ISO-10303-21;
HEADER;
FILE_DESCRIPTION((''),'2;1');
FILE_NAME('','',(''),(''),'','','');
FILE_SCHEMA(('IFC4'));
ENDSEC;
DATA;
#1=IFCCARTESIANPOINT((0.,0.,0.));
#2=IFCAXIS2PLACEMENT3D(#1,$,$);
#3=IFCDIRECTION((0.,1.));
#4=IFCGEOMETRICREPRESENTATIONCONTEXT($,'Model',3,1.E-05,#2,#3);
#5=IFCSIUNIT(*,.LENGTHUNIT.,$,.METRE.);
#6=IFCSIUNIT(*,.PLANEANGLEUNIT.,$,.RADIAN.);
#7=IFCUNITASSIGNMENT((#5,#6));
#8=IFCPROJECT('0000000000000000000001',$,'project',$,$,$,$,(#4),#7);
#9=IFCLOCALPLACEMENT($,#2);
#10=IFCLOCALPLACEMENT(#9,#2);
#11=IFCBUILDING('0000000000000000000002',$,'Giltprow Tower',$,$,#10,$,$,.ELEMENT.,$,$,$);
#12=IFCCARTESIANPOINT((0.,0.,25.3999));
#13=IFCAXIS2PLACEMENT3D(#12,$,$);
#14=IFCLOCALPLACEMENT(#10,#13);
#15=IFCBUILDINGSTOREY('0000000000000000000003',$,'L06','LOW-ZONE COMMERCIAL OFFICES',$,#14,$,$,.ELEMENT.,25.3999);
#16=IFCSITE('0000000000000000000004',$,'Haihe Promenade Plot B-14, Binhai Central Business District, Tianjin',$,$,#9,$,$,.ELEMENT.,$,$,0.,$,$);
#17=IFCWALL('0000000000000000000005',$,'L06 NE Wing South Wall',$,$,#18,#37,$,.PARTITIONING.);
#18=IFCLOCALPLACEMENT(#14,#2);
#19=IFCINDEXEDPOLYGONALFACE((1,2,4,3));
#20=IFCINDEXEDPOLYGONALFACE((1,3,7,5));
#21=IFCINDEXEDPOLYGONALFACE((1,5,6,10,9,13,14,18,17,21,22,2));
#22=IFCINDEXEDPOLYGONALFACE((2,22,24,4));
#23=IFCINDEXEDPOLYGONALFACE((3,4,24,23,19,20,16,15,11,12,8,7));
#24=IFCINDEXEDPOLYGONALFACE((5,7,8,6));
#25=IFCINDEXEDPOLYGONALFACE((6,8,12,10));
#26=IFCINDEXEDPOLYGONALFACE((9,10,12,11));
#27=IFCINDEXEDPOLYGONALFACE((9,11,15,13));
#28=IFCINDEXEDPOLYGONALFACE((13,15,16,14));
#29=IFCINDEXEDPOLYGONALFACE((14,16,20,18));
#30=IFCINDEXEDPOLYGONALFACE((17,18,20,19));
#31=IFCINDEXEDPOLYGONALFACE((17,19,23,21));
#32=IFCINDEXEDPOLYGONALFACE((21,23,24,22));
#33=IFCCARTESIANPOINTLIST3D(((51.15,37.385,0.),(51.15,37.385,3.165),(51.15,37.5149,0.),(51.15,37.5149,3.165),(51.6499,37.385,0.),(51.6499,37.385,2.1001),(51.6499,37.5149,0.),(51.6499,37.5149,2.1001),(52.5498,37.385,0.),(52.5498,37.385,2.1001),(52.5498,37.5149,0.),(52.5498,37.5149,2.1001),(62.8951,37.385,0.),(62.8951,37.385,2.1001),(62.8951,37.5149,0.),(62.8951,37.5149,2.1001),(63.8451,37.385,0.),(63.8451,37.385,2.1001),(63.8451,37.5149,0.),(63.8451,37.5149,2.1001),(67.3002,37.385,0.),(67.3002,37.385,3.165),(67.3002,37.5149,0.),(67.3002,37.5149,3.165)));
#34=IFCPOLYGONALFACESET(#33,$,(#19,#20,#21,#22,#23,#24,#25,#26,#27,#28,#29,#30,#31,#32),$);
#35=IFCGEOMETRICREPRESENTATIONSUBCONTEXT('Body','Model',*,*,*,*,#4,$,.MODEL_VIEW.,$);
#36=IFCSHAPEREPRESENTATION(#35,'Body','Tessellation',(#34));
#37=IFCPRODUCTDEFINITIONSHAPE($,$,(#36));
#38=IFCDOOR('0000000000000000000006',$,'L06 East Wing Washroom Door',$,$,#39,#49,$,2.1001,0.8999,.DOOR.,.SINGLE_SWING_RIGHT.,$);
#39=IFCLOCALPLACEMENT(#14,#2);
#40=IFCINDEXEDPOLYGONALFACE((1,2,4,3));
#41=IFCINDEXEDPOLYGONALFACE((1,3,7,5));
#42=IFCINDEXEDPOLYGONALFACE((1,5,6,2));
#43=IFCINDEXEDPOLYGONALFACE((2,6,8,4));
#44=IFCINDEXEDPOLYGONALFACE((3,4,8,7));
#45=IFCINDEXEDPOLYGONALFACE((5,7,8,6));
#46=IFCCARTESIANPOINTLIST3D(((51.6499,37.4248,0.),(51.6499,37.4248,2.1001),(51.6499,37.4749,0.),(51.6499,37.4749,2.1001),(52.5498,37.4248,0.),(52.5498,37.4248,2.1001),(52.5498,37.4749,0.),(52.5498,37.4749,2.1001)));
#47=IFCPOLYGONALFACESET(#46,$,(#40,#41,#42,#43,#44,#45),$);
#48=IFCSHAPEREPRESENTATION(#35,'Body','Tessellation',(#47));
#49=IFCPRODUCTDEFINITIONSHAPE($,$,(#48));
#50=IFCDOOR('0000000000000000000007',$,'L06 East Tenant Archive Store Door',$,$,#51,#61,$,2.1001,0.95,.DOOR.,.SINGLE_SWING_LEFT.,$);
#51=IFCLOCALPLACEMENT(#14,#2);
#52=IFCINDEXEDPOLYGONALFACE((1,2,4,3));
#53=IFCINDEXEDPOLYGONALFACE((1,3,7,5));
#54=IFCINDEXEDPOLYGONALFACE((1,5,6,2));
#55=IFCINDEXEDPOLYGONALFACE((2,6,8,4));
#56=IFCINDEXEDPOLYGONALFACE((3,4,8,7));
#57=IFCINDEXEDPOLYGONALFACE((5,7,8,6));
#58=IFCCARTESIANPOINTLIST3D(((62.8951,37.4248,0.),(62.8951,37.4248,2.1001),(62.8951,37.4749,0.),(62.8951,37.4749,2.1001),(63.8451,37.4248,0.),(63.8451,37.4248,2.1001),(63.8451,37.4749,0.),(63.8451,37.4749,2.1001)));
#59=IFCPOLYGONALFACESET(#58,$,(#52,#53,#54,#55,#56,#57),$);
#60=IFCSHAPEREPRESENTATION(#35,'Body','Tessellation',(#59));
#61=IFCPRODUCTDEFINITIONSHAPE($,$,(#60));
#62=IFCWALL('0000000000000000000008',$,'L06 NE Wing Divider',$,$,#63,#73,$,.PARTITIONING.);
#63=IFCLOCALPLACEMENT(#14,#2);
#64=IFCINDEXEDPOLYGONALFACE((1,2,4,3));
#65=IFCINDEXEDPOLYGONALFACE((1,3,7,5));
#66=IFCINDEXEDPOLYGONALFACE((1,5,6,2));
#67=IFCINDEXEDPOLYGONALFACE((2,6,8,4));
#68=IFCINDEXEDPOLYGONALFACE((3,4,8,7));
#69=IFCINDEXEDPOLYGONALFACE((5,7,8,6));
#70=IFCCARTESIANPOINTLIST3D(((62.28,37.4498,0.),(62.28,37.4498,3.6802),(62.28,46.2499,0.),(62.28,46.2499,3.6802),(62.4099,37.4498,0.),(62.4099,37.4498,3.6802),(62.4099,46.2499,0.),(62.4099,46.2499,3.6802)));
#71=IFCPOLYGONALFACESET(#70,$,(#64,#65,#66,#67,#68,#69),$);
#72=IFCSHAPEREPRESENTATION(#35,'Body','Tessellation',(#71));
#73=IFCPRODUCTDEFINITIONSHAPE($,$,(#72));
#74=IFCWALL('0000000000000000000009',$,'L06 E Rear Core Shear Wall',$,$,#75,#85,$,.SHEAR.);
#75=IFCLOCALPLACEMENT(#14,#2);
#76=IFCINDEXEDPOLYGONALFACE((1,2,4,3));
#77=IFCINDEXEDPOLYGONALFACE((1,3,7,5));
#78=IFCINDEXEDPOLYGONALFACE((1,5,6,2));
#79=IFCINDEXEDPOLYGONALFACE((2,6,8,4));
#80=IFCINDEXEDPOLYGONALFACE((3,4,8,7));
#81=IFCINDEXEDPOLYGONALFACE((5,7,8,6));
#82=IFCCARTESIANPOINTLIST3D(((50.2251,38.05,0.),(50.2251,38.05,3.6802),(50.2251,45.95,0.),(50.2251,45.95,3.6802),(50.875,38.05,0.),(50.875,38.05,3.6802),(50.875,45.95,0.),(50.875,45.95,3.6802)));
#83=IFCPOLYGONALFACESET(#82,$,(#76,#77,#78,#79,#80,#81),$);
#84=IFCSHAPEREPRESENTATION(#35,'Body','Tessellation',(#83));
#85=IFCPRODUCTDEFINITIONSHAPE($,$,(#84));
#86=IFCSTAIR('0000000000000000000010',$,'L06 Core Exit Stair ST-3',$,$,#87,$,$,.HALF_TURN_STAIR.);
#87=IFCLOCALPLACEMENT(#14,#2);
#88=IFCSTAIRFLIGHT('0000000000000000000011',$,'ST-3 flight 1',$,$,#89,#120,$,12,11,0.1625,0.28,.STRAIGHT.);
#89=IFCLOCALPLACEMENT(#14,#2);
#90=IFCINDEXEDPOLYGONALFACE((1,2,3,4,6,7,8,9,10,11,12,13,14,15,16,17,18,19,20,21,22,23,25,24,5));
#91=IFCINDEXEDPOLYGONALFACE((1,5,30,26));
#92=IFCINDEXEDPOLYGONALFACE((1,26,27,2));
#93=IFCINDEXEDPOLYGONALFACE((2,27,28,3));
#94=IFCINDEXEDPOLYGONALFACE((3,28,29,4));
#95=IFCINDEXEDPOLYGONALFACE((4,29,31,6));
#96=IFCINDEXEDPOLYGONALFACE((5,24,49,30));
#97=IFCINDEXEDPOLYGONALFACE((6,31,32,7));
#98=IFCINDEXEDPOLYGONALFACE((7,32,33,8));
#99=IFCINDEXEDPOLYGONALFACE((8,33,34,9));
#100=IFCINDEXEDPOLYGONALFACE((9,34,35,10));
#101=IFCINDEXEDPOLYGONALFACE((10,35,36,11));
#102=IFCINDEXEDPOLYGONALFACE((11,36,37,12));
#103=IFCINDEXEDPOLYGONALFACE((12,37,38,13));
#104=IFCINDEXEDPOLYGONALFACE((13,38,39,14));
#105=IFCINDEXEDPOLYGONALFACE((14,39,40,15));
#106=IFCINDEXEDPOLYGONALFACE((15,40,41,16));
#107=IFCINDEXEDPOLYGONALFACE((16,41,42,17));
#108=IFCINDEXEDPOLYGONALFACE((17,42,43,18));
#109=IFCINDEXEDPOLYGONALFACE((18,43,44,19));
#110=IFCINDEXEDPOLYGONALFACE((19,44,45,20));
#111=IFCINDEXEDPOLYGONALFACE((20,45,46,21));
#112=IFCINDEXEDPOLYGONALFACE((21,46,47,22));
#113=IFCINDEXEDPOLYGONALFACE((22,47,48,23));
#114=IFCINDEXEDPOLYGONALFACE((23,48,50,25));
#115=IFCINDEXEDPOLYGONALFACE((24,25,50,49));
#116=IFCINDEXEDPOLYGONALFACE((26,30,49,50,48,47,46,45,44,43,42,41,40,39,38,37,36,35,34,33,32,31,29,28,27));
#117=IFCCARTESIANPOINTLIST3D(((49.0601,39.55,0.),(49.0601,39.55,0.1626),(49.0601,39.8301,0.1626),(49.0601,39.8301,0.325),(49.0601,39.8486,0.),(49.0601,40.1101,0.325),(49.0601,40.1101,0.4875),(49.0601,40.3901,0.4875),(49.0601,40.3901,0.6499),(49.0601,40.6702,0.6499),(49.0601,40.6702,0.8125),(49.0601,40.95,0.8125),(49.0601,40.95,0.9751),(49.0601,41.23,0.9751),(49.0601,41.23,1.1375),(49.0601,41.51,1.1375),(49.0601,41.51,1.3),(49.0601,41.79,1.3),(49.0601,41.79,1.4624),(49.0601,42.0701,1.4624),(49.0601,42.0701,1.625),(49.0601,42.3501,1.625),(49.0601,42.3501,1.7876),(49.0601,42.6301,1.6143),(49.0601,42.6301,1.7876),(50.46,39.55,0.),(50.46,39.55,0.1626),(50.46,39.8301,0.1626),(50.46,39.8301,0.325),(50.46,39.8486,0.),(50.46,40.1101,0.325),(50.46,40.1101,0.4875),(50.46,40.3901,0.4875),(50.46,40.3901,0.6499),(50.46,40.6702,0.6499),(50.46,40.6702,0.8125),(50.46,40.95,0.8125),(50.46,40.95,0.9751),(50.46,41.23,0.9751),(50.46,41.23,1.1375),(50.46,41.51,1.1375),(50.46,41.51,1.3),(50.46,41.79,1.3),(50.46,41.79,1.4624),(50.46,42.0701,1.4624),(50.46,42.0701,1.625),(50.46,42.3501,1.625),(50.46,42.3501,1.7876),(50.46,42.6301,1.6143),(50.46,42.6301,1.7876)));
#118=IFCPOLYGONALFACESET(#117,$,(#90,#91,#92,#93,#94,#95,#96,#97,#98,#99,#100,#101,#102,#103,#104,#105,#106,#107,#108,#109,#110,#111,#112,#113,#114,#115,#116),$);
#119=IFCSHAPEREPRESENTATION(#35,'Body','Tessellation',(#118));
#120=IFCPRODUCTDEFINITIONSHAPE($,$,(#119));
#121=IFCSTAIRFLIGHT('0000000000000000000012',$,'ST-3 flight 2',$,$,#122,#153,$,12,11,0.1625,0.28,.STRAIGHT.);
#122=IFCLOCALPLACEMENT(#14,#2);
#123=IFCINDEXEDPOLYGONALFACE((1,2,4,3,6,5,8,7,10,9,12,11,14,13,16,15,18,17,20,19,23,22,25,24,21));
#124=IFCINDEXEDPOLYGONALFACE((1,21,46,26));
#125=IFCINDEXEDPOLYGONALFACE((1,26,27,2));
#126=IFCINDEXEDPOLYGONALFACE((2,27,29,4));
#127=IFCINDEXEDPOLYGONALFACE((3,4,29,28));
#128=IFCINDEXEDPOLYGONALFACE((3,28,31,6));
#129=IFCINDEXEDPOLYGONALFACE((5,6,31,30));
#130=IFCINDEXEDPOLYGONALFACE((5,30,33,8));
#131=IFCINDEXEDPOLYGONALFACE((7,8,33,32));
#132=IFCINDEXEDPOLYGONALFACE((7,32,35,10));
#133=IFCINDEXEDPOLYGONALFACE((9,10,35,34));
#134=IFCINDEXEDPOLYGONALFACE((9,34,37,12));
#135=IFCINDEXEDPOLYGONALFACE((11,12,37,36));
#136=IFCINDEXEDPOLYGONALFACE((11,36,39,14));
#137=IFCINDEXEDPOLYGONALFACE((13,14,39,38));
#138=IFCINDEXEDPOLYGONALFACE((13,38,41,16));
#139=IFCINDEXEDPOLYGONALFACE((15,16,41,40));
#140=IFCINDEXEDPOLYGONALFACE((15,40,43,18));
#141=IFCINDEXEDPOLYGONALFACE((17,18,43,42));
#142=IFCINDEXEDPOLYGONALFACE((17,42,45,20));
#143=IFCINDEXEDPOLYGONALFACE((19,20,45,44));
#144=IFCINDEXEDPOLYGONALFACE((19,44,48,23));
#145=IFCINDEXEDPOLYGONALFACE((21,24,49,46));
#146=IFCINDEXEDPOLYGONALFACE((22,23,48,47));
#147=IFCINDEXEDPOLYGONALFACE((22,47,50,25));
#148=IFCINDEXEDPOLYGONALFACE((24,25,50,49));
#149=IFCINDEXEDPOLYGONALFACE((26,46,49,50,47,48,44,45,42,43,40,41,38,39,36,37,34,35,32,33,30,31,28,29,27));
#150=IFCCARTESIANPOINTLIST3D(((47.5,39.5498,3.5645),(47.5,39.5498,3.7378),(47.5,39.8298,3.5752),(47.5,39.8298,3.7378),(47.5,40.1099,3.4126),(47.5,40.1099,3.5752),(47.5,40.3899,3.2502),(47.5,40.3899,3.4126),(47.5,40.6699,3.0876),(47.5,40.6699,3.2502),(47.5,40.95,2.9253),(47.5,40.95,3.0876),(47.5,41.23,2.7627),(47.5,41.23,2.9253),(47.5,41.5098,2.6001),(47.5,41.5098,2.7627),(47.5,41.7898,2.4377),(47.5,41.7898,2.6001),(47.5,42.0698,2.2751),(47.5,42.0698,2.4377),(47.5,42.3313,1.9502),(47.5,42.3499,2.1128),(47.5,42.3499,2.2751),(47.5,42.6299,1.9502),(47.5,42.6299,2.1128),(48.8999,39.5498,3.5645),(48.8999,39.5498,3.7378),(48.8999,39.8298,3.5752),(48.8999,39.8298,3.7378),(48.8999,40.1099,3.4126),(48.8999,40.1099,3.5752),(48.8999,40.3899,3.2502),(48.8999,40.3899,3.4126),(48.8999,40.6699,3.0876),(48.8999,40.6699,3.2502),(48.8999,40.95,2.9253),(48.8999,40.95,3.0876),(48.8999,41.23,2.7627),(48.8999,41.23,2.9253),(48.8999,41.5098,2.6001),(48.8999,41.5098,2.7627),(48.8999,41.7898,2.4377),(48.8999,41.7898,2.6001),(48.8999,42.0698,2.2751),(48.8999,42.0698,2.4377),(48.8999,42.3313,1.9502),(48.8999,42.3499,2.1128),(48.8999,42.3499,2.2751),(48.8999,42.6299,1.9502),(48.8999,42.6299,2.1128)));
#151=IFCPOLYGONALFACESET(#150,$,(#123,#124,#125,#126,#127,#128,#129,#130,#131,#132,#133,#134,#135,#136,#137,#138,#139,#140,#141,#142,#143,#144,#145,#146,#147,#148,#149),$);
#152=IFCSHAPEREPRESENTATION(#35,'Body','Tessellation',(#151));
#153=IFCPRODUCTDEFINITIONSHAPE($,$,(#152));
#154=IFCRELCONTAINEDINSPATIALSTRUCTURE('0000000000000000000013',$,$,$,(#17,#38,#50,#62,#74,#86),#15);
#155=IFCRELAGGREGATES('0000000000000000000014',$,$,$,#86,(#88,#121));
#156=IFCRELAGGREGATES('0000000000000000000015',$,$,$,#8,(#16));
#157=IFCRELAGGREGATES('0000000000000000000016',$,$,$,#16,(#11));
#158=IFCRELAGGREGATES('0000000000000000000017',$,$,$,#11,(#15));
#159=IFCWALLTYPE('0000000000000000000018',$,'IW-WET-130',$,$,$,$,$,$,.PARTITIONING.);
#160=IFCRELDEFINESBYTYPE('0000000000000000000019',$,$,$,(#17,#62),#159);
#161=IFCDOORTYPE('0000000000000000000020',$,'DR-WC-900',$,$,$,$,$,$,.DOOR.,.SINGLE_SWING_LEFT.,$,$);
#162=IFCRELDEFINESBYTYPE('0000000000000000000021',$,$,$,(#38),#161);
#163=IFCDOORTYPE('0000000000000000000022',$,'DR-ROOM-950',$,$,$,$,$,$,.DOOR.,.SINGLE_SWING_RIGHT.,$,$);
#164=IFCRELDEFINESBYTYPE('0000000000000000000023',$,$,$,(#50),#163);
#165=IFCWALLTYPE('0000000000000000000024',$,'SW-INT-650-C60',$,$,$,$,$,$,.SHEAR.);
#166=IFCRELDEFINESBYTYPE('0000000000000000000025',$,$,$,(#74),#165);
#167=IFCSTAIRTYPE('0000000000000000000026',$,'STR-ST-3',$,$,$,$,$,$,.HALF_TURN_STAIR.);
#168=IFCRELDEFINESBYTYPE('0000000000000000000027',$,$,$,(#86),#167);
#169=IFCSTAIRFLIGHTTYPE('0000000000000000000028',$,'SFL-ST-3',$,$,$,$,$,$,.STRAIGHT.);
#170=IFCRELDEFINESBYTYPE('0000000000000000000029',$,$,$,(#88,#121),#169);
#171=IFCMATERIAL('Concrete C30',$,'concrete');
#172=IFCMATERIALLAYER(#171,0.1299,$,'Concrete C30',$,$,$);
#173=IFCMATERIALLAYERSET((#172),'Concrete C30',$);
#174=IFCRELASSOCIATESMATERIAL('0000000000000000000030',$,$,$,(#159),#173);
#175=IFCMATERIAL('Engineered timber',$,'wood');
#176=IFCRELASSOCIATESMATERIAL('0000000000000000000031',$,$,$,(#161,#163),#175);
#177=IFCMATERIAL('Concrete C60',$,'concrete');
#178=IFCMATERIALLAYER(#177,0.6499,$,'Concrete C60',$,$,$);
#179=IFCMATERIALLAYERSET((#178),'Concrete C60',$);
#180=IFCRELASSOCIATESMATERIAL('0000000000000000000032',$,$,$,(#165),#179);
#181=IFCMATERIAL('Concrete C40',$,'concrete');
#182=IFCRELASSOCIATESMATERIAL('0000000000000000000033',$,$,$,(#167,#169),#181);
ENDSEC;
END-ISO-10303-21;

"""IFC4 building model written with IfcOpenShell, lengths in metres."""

from ifc_helpers import new_model, si_unit, direction, frame, frame_2d, origin, place, context, subcontext, project, spatial, polyline, rectangle, outline, extrude, source, transform, mapped, material, layer, layer_set, type_object, element, fill, aggregate, save


model = new_model("IFC4")

# Units and contexts
model_context = context("Model", 3, precision=1e-05, world=origin(), true_north=direction((0.0, 1.0)))
body_context = subcontext(model_context, "Body", "Model", "MODEL_VIEW")
ifc_project = project(units=[si_unit("LENGTHUNIT", "METRE"), si_unit("PLANEANGLEUNIT", "RADIAN")], contexts=[model_context])

# Site, building, storey
site_placement = place(None, origin())
site = spatial("IfcSite", under=ifc_project, at=site_placement, Name="Haihe Promenade Plot B-14, Binhai Central Business District, Tianjin", CompositionType="ELEMENT", RefElevation=0.0)
building_placement = place(site_placement, origin())
building = spatial("IfcBuilding", under=site, at=building_placement, Name="Giltprow Tower", CompositionType="ELEMENT")
storey_placement = place(building_placement, frame((0.0, 0.0, 25.3999)))
storey = spatial("IfcBuildingStorey", under=building, at=storey_placement, Name="L06", Description="LOW-ZONE COMMERCIAL OFFICES", CompositionType="ELEMENT", Elevation=25.3999)

# Shared definitions
ifc_material_1 = material(Name="Concrete C60", Category="concrete")

# Wall, openings, doors
ifc_material_2 = material(Name="Concrete C30", Category="concrete")
ifc_layer_1 = layer(ifc_material_2, 0.1299, Name="Concrete C30")
ifc_layer_set_1 = layer_set([ifc_layer_1], Name="Concrete C30")
wall_type_1 = type_object("IfcWallType", Name="IW-WET-130", PredefinedType="PARTITIONING", material=ifc_layer_set_1)
wall_1_placement = place(storey_placement, frame((51.1499, 37.45, 0.0), z_axis=(0.0, 0.0, 1.0), x_axis=(1.0, 0.0, 0.0)))
wall_1 = element("IfcWall", 1, at=wall_1_placement, inside=storey, type_object=wall_type_1, Name="L06 NE Wing South Wall", PredefinedType="PARTITIONING", context=body_context, shape_type="SweptSolid", body=[
    extrude(rectangle(XDim=16.1501, YDim=0.1299, at=frame_2d((8.0752, 0.0))), origin(), (0.0, 0.0, 1.0), 3.165),
])
opening_1_placement = place(wall_1_placement, frame((0.5, 0.0, 0.0)))
opening_1 = element("IfcOpeningElement", 2, at=opening_1_placement, cuts=wall_1, PredefinedType="OPENING", context=body_context, shape_type="SweptSolid", body=[
    extrude(rectangle(XDim=0.8999, YDim=2.1001, at=frame_2d((0.45, 1.05))), frame((0.0, 0.075, 0.0), z_axis=(0.0, -1.0, 0.0), x_axis=(1.0, 0.0, 0.0)), (0.0, 0.0, 1.0), 0.1499),
])
opening_2_placement = place(wall_1_placement, frame((11.7451, 0.0, 0.0)))
opening_2 = element("IfcOpeningElement", 3, at=opening_2_placement, cuts=wall_1, PredefinedType="OPENING", context=body_context, shape_type="SweptSolid", body=[
    extrude(rectangle(XDim=0.95, YDim=2.1001, at=frame_2d((0.4751, 1.05))), frame((0.0, 0.075, 0.0), z_axis=(0.0, -1.0, 0.0), x_axis=(1.0, 0.0, 0.0)), (0.0, 0.0, 1.0), 0.1499),
])
ifc_material_3 = material(Name="Engineered timber", Category="wood")
door_type_1 = type_object("IfcDoorType", Name="DR-WC-900", OperationType="SINGLE_SWING_LEFT", PredefinedType="DOOR", material=ifc_material_3)
shared_shape_1 = source(origin(), body_context, "Body", "SweptSolid", [
    extrude(rectangle(XDim=0.8999, YDim=2.1001, at=frame_2d((0.45, 1.05))), frame((0.0, 0.0249, 0.0), z_axis=(0.0, -1.0, 0.0), x_axis=(1.0, 0.0, 0.0)), (0.0, 0.0, 1.0), 0.05),
])
door_1_placement = place(opening_1_placement, origin())
door_1 = element("IfcDoor", 4, at=door_1_placement, inside=storey, type_object=door_type_1, Name="L06 East Wing Washroom Door", OperationType="SINGLE_SWING_RIGHT", OverallHeight=2.1001, OverallWidth=0.8999, PredefinedType="DOOR", context=body_context, shape_type="MappedRepresentation", body=[
    mapped(shared_shape_1, transform((0.0, 0.0, 0.0), x_axis=(1.0, 0.0, 0.0), y_axis=(0.0, 1.0, 0.0), z_axis=(0.0, 0.0, 1.0), scale=1.0)),
])
fill(opening_1, door_1)
door_type_2 = type_object("IfcDoorType", Name="DR-ROOM-950", OperationType="SINGLE_SWING_RIGHT", PredefinedType="DOOR", material=ifc_material_3)
shared_shape_2 = source(origin(), body_context, "Body", "SweptSolid", [
    extrude(rectangle(XDim=0.95, YDim=2.1001, at=frame_2d((0.4751, 1.05))), frame((0.0, 0.0249, 0.0), z_axis=(0.0, -1.0, 0.0), x_axis=(1.0, 0.0, 0.0)), (0.0, 0.0, 1.0), 0.05),
])
door_2_placement = place(opening_2_placement, origin())
door_2 = element("IfcDoor", 5, at=door_2_placement, inside=storey, type_object=door_type_2, Name="L06 East Tenant Archive Store Door", OperationType="SINGLE_SWING_LEFT", OverallHeight=2.1001, OverallWidth=0.95, PredefinedType="DOOR", context=body_context, shape_type="MappedRepresentation", body=[
    mapped(shared_shape_2, transform((0.0, 0.0, 0.0), x_axis=(1.0, 0.0, 0.0), y_axis=(0.0, 1.0, 0.0), z_axis=(0.0, 0.0, 1.0), scale=1.0)),
])
fill(opening_2, door_2)

# Walls
wall_2_placement = place(storey_placement, frame((62.345, 37.45, 0.0), z_axis=(0.0, 0.0, 1.0), x_axis=(0.0, 1.0, 0.0)))
element("IfcWall", 6, at=wall_2_placement, inside=storey, type_object=wall_type_1, Name="L06 NE Wing Divider", PredefinedType="PARTITIONING", context=body_context, shape_type="SweptSolid", body=[
    extrude(rectangle(XDim=8.8, YDim=0.1299, at=frame_2d((4.3999, 0.0))), origin(), (0.0, 0.0, 1.0), 3.6802),
])
ifc_layer_2 = layer(ifc_material_1, 0.6499, Name="Concrete C60")
ifc_layer_set_2 = layer_set([ifc_layer_2], Name="Concrete C60")
wall_type_2 = type_object("IfcWallType", Name="SW-INT-650-C60", PredefinedType="SHEAR", material=ifc_layer_set_2)
wall_3_placement = place(storey_placement, frame((50.55, 38.05, 0.0), z_axis=(0.0, 0.0, 1.0), x_axis=(0.0, 1.0, 0.0)))
element("IfcWall", 7, at=wall_3_placement, inside=storey, type_object=wall_type_2, Name="L06 E Rear Core Shear Wall", PredefinedType="SHEAR", context=body_context, shape_type="SweptSolid", body=[
    extrude(rectangle(XDim=7.8999, YDim=0.6499, at=frame_2d((3.95, 0.0))), origin(), (0.0, 0.0, 1.0), 3.6802),
])

# Stair, stair flights
ifc_material_4 = material(Name="Concrete C40", Category="concrete")
stair_type = type_object("IfcStairType", Name="STR-ST-3", PredefinedType="HALF_TURN_STAIR", material=ifc_material_4)
stair_placement = place(storey_placement, origin())
stair = element("IfcStair", 8, at=stair_placement, inside=storey, type_object=stair_type, Name="L06 Core Exit Stair ST-3", PredefinedType="HALF_TURN_STAIR")
stair_flight_type = type_object("IfcStairFlightType", Name="SFL-ST-3", PredefinedType="STRAIGHT", material=ifc_material_4)
stair_flight_1_placement = place(storey_placement, frame((49.76, 39.55, 0.0), z_axis=(0.0, 0.0, 1.0), x_axis=(0.0, 1.0, 0.0)))
stair_flight_1 = element("IfcStairFlight", 9, at=stair_flight_1_placement, type_object=stair_flight_type, Name="ST-3 flight 1", NumberOfRisers=12, NumberOfTreads=11, PredefinedType="STRAIGHT", RiserHeight=0.1625, TreadLength=0.28, context=body_context, shape_type="SweptSolid", body=[
    extrude(outline(polyline([(0.0, 0.0), (0.0, 0.1626), (0.28, 0.1626), (0.28, 0.325), (0.5601, 0.325), (0.5601, 0.4875), (0.8401, 0.4875), (0.8401, 0.6499), (1.1201, 0.6499), (1.1201, 0.8125), (1.3999, 0.8125), (1.3999, 0.9751), (1.6799, 0.9751), (1.6799, 1.1375), (1.96, 1.1375), (1.96, 1.3), (2.24, 1.3), (2.24, 1.4624), (2.52, 1.4624), (2.52, 1.625), (2.8, 1.625), (2.8, 1.7876), (3.0801, 1.7876), (3.0801, 1.95), (3.0801, 1.6143), (0.2986, 0.0), (0.0, 0.0)])), frame((0.0, 0.7, 0.0), z_axis=(0.0, -1.0, 0.0), x_axis=(1.0, 0.0, 0.0)), (0.0, 0.0, 1.0), 1.3999),
])
stair_flight_2_placement = place(storey_placement, frame((48.2, 42.6299, 1.9502), z_axis=(0.0, 0.0, 1.0), x_axis=(0.0, -1.0, 0.0)))
stair_flight_2 = element("IfcStairFlight", 10, at=stair_flight_2_placement, type_object=stair_flight_type, Name="ST-3 flight 2", NumberOfRisers=12, NumberOfTreads=11, PredefinedType="STRAIGHT", RiserHeight=0.1625, TreadLength=0.28, context=body_context, shape_type="SweptSolid", body=[
    extrude(outline(polyline([(0.0, 0.0), (0.0, 0.1626), (0.28, 0.1626), (0.28, 0.325), (0.5601, 0.325), (0.5601, 0.4875), (0.8401, 0.4875), (0.8401, 0.6499), (1.1201, 0.6499), (1.1201, 0.8125), (1.3999, 0.8125), (1.3999, 0.9751), (1.6799, 0.9751), (1.6799, 1.1375), (1.96, 1.1375), (1.96, 1.3), (2.24, 1.3), (2.24, 1.4624), (2.52, 1.4624), (2.52, 1.625), (2.8, 1.625), (2.8, 1.7876), (3.0801, 1.7876), (3.0801, 1.95), (3.0801, 1.6143), (0.2986, 0.0), (0.0, 0.0)])), frame((0.0, 0.7, 0.0), z_axis=(0.0, -1.0, 0.0), x_axis=(1.0, 0.0, 0.0)), (0.0, 0.0, 1.0), 1.3999),
])
aggregate(stair, [stair_flight_1, stair_flight_2])

save(model, "model.ifc")
